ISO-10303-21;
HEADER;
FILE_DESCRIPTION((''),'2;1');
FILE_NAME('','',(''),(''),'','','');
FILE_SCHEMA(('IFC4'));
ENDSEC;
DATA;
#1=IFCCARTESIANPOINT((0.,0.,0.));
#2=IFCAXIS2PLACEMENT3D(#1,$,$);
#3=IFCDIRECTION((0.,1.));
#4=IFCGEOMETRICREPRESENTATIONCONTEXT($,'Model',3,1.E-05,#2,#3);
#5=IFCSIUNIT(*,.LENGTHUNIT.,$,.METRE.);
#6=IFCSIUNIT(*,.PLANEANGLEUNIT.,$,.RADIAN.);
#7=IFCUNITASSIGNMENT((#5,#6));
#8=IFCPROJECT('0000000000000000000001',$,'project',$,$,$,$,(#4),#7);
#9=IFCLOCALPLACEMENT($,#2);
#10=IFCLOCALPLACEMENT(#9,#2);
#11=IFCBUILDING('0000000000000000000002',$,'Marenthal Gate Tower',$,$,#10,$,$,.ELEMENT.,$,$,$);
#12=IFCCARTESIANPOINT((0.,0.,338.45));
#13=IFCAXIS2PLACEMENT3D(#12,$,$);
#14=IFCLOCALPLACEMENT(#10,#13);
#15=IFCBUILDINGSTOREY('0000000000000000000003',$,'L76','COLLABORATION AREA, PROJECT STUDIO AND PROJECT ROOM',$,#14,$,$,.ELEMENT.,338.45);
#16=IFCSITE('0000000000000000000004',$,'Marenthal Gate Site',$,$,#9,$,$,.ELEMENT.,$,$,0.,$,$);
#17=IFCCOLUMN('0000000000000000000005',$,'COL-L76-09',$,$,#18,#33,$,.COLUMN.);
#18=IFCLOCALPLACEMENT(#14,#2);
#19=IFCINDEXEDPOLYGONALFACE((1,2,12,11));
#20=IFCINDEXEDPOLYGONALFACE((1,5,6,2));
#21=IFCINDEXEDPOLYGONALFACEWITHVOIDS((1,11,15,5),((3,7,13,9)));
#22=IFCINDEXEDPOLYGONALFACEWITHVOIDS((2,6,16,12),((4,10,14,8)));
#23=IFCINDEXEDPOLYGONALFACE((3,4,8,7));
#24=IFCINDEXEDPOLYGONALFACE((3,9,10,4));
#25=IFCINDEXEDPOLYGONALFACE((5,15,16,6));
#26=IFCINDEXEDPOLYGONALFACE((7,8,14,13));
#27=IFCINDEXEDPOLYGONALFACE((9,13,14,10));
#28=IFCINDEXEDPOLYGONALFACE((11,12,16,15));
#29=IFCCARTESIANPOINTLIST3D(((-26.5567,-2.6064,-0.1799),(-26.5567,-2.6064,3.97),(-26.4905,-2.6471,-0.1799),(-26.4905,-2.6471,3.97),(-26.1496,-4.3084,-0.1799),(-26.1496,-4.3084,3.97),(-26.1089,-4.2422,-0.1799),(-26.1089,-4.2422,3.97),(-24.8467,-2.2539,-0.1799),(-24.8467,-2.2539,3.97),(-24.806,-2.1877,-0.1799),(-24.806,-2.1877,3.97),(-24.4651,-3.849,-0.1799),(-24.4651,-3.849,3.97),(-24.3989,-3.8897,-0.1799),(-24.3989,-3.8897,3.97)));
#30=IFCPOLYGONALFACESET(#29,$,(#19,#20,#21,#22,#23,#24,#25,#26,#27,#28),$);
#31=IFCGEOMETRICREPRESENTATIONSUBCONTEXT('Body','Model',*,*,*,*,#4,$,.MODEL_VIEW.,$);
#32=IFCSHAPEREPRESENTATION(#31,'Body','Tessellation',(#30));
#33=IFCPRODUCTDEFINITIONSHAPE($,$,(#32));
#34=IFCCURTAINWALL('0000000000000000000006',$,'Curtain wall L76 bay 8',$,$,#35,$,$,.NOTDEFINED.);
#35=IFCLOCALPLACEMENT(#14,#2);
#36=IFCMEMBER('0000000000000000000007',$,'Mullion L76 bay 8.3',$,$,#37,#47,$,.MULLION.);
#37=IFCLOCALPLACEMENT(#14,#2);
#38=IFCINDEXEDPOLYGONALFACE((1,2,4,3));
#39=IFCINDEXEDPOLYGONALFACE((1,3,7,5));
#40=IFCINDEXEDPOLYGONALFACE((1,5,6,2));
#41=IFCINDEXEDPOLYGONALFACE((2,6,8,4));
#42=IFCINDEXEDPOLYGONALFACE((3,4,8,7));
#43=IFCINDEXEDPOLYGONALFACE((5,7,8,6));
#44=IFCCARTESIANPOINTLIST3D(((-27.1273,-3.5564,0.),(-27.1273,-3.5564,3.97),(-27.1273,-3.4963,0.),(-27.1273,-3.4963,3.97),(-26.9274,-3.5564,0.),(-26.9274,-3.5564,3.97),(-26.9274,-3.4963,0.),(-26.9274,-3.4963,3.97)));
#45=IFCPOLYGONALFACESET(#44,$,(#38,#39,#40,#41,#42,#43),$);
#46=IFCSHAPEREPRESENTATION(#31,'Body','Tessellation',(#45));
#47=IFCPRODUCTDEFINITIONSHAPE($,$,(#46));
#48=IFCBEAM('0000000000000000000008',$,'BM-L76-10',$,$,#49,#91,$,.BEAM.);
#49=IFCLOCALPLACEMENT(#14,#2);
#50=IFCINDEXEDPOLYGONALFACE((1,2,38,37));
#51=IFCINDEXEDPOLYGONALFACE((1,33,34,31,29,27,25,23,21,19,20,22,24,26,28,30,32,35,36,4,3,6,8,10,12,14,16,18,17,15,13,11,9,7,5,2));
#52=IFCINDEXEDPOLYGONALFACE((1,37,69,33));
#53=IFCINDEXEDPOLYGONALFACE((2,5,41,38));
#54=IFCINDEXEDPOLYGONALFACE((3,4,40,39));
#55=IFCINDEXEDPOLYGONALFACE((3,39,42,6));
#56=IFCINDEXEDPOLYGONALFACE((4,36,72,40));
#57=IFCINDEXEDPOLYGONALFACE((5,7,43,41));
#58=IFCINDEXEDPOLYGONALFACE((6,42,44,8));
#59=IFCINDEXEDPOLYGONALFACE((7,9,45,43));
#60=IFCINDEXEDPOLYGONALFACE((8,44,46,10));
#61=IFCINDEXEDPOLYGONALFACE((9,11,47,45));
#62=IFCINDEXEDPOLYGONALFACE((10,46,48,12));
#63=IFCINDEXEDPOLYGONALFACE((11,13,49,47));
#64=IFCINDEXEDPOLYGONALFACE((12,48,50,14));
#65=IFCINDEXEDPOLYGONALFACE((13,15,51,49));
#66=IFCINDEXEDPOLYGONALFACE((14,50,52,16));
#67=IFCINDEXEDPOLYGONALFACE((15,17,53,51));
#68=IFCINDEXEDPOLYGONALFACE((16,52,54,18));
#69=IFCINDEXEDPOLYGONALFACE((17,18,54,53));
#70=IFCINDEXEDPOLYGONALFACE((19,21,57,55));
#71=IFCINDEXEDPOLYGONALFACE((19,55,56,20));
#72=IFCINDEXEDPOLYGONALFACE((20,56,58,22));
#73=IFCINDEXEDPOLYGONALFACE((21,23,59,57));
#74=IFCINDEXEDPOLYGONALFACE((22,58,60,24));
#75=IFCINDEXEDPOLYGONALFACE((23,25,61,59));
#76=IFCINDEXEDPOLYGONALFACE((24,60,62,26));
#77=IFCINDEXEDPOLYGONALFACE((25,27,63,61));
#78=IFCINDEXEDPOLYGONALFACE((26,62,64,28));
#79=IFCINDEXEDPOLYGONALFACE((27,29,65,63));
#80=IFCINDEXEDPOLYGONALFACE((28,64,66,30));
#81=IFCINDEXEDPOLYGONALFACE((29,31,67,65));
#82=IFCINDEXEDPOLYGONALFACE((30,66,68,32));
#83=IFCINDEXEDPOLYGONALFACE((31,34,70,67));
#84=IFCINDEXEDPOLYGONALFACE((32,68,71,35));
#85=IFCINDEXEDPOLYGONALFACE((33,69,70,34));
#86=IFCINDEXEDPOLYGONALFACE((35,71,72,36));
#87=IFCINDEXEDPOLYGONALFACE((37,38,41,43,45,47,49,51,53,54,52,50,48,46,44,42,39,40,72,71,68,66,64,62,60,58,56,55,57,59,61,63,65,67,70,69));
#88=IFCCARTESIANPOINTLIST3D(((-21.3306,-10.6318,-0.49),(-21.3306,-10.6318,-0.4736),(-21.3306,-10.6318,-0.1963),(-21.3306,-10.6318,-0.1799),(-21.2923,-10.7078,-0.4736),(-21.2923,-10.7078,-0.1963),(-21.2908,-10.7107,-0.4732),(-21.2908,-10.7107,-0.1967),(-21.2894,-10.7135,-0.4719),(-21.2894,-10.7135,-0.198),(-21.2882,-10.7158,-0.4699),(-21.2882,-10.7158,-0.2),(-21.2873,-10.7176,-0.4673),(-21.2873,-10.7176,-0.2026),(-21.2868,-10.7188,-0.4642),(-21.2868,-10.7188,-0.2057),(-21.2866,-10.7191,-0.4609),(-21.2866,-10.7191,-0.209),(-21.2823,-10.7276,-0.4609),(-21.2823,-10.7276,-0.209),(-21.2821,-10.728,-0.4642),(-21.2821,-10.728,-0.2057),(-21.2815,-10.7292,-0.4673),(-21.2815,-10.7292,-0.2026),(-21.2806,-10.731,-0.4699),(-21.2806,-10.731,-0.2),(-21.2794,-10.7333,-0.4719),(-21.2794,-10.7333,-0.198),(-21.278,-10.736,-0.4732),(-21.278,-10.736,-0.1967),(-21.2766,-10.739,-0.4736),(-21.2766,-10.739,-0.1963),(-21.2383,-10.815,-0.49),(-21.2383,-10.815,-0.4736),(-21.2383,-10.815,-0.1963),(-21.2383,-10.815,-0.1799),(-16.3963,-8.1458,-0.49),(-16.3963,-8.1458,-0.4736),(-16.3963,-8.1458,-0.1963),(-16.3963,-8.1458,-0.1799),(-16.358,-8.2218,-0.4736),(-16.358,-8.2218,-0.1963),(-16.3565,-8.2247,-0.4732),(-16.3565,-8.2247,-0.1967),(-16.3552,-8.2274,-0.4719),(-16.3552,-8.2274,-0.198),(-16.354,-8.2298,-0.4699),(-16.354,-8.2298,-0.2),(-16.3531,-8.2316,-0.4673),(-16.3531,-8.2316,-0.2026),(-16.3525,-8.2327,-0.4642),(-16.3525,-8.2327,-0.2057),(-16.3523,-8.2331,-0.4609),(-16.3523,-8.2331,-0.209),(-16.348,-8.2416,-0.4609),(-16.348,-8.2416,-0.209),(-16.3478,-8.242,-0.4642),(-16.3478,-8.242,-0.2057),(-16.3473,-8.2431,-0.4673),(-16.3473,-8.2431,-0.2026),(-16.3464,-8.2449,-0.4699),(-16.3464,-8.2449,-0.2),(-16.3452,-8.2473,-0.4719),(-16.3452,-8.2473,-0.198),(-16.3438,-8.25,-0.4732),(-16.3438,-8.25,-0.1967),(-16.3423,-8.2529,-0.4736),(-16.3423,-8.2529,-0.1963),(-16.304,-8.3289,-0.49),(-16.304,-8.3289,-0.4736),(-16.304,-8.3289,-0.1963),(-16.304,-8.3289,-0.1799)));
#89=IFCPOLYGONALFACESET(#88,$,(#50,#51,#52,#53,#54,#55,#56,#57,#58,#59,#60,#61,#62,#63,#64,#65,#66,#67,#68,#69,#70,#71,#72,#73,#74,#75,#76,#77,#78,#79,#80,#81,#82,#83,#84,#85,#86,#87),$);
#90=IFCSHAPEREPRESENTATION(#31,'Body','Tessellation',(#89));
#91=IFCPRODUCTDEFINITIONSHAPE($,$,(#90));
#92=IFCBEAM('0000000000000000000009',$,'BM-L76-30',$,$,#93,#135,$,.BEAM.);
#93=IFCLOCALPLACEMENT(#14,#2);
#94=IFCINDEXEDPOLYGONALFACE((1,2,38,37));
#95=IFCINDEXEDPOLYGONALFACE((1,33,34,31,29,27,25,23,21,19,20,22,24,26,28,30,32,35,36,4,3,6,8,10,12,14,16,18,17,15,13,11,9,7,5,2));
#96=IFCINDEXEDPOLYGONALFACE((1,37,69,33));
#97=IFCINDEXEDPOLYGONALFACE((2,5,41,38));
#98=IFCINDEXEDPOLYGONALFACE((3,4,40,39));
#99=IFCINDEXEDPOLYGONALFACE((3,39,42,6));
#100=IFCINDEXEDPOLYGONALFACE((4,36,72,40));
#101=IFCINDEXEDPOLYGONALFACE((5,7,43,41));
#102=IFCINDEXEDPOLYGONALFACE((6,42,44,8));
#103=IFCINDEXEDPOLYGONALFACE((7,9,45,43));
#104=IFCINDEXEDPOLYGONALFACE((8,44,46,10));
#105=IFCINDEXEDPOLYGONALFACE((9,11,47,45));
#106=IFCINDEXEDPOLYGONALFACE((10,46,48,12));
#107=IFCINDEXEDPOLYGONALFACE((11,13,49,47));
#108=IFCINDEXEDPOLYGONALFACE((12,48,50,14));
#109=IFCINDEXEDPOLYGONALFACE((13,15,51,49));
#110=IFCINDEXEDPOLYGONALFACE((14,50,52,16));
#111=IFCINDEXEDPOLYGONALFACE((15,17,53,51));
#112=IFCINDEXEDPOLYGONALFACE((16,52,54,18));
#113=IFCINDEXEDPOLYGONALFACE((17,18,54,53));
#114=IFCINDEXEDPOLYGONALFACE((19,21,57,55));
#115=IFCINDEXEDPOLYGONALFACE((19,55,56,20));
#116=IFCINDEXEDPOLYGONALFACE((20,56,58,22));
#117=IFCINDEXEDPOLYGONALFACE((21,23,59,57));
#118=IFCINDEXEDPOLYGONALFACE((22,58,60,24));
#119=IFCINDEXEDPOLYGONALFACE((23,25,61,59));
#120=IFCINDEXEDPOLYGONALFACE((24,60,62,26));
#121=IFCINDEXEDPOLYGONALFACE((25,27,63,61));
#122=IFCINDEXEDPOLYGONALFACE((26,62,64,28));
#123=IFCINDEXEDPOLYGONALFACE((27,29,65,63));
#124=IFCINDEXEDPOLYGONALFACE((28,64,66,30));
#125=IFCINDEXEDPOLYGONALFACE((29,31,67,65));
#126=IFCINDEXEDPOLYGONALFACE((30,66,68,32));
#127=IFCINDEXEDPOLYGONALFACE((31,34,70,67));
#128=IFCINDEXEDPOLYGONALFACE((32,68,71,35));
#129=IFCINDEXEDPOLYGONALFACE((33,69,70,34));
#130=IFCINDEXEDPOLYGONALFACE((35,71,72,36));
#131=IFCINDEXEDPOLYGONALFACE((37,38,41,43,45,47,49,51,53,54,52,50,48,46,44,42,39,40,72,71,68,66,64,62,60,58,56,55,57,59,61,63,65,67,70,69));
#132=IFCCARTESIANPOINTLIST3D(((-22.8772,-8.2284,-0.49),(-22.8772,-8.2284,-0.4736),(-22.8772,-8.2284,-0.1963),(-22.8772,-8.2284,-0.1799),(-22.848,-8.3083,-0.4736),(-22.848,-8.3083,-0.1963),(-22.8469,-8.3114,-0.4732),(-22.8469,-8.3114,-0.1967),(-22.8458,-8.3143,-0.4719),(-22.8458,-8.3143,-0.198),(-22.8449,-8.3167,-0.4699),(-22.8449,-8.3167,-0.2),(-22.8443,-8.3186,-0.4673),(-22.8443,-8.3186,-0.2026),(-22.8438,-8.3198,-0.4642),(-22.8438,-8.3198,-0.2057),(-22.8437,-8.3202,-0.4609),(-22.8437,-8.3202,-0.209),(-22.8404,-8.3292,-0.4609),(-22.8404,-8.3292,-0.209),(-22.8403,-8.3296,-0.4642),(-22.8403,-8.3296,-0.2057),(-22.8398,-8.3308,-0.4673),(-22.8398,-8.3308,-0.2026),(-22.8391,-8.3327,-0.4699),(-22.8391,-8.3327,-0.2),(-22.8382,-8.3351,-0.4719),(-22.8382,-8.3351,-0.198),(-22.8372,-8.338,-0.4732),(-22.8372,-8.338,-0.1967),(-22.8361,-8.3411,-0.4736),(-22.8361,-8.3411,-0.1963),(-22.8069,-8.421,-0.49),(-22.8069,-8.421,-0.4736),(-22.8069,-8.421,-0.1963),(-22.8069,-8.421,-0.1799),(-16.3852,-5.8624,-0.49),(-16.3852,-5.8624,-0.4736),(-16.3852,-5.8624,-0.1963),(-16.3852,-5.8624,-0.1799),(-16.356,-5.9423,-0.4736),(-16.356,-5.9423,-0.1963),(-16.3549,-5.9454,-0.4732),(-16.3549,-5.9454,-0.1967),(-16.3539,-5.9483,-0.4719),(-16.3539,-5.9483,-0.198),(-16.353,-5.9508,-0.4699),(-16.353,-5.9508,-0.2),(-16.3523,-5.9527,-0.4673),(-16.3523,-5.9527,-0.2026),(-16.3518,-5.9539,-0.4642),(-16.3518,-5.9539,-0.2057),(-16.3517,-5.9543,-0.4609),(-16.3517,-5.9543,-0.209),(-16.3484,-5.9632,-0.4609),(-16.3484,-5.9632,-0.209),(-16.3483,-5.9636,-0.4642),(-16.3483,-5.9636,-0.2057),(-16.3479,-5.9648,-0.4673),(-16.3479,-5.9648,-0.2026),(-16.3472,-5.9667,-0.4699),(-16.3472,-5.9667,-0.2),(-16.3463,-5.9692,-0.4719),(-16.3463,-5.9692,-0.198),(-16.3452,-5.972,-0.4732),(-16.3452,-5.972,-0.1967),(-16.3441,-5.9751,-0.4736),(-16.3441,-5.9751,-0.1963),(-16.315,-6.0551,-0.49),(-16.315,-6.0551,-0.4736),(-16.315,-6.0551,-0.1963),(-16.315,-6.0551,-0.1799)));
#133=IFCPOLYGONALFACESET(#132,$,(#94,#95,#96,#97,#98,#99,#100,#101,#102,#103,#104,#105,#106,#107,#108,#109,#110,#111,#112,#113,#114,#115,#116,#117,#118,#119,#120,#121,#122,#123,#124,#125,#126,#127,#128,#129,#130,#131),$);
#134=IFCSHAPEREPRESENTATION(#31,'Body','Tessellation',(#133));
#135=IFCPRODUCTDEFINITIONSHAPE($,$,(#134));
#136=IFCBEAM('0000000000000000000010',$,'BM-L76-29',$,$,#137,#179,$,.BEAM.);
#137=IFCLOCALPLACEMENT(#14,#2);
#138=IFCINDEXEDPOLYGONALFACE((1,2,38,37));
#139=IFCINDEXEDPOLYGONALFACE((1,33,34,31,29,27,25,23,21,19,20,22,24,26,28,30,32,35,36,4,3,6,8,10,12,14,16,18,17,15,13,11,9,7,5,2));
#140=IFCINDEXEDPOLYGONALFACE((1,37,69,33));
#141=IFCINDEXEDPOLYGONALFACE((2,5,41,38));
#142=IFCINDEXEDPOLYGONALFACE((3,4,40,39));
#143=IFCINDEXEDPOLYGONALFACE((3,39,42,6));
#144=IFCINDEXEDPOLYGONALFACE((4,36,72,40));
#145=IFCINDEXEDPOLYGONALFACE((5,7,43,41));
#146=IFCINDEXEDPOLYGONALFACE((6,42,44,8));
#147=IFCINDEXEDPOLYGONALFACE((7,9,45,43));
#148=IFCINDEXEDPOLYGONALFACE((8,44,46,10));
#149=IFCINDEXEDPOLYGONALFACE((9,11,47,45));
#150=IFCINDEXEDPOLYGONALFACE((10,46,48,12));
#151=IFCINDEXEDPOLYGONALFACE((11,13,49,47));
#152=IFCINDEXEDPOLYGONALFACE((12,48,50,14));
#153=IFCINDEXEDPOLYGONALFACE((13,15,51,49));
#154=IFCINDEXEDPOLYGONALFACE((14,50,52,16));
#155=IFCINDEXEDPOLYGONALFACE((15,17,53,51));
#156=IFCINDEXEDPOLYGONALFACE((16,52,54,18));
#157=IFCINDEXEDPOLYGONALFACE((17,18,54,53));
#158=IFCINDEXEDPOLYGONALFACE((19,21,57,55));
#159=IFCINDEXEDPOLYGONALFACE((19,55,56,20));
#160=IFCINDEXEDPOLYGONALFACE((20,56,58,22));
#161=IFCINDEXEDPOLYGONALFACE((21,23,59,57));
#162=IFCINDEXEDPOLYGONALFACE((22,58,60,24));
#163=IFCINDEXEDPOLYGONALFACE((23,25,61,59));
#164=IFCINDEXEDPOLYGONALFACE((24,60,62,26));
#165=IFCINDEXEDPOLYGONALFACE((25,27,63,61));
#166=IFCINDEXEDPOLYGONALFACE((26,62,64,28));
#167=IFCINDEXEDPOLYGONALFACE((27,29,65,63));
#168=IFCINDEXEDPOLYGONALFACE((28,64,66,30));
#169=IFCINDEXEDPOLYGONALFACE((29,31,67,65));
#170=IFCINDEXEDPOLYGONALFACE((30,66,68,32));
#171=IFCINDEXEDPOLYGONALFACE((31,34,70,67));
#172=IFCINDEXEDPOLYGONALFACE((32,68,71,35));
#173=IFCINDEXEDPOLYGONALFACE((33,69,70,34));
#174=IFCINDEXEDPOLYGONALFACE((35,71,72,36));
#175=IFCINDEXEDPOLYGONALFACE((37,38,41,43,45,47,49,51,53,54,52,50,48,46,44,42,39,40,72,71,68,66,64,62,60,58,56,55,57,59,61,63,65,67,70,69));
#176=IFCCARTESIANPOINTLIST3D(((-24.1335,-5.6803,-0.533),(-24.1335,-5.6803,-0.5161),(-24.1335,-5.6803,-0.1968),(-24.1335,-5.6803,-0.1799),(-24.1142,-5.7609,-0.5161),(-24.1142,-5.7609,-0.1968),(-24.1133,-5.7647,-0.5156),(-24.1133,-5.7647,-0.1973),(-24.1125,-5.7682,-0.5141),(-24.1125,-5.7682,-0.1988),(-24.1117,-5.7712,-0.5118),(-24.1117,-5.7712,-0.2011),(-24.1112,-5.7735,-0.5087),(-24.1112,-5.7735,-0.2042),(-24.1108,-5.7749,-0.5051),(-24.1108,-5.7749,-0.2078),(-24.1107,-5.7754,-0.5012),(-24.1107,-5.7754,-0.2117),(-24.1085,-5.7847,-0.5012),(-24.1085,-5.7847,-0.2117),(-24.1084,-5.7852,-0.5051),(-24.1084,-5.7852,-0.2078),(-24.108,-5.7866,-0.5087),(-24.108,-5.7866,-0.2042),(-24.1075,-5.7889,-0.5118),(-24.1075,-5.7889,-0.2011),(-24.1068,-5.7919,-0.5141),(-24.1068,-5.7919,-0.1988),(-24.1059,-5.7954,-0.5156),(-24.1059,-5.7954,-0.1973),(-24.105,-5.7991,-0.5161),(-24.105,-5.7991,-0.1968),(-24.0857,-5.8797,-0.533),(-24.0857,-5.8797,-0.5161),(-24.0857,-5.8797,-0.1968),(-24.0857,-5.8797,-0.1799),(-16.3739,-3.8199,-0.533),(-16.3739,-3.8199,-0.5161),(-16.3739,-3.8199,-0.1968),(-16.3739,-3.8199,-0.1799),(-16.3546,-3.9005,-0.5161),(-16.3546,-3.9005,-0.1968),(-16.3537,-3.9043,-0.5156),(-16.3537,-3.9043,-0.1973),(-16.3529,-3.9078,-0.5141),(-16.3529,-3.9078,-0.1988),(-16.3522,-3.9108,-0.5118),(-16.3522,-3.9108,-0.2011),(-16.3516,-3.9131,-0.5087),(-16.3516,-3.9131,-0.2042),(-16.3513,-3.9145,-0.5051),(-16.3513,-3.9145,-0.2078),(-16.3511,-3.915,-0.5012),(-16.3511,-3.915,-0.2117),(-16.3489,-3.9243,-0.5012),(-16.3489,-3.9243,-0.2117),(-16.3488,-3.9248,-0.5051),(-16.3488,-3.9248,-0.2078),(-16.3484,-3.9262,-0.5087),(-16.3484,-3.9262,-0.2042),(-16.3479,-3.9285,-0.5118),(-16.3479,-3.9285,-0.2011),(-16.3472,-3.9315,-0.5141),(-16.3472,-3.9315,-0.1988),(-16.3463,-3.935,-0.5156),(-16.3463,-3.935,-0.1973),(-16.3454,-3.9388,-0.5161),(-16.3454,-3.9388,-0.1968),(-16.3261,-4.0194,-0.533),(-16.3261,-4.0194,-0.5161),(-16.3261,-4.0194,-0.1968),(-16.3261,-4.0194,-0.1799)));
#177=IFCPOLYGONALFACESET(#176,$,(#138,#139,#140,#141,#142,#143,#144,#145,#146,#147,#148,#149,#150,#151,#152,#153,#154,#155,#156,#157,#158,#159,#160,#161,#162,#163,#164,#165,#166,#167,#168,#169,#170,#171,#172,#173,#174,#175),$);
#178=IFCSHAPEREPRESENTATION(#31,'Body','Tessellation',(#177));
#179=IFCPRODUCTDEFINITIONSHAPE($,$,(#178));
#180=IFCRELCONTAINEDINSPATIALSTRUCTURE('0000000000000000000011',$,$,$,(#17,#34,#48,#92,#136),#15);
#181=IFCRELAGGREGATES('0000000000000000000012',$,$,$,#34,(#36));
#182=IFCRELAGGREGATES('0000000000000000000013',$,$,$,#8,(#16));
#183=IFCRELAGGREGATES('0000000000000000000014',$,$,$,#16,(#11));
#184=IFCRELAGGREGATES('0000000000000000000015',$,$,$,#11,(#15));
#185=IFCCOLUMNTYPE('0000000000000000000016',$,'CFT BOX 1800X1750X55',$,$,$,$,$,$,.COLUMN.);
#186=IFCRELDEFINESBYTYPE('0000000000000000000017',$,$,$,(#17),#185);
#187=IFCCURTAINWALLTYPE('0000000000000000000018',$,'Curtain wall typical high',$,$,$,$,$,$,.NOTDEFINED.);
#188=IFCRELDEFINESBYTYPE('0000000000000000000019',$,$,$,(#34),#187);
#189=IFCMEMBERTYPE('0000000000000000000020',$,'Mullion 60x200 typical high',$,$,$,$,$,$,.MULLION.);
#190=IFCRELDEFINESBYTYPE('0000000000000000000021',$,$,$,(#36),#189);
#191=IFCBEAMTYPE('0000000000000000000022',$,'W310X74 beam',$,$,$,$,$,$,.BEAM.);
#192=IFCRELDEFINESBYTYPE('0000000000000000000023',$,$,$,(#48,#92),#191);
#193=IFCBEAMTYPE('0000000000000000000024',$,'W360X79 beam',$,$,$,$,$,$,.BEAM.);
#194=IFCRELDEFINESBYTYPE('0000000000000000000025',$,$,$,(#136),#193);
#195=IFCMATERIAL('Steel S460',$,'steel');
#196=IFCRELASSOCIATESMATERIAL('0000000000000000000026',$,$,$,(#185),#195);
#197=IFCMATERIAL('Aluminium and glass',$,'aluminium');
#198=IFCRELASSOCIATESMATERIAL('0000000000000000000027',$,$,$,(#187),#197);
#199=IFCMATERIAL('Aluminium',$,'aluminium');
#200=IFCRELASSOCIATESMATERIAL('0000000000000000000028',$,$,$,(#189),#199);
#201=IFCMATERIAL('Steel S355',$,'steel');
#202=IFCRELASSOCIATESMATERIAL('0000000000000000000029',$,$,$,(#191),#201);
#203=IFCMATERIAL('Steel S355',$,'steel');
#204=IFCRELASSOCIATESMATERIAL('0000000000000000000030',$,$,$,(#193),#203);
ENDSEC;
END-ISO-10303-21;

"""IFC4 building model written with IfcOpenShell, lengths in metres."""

from ifc_helpers import new_model, si_unit, direction, frame, origin, origin_2d, place, context, subcontext, project, spatial, rectangle, hollow_rectangle, i_section, extrude, material, material_profile, profile_set, type_object, element, aggregate, save


model = new_model("IFC4")

# Units and contexts
model_context = context("Model", 3, precision=1e-05, world=origin(), true_north=direction((0.0, 1.0)))
body_context = subcontext(model_context, "Body", "Model", "MODEL_VIEW")
ifc_project = project(units=[si_unit("LENGTHUNIT", "METRE"), si_unit("PLANEANGLEUNIT", "RADIAN")], contexts=[model_context])

# Site, building, storey
site_placement = place(None, origin())
site = spatial("IfcSite", under=ifc_project, at=site_placement, Name="Marenthal Gate Site", CompositionType="ELEMENT", RefElevation=0.0)
building_placement = place(site_placement, origin())
building = spatial("IfcBuilding", under=site, at=building_placement, Name="Marenthal Gate Tower", CompositionType="ELEMENT")
storey_placement = place(building_placement, frame((0.0, 0.0, 338.45)))
storey = spatial("IfcBuildingStorey", under=building, at=storey_placement, Name="L76", Description="COLLABORATION AREA, PROJECT STUDIO AND PROJECT ROOM", CompositionType="ELEMENT", Elevation=338.45)

# Column
ifc_material_1 = material(Name="Steel S460", Category="steel")
ifc_material_profile_1 = material_profile(ifc_material_1, hollow_rectangle(XDim=1.75, YDim=1.8, WallThickness=0.0549, at=origin_2d()), Name="CFT BOX 1800X1750X55")
ifc_material_2 = material(Name="Concrete 70 MPa", Category="concrete")
ifc_material_profile_2 = material_profile(ifc_material_2, rectangle(XDim=1.6399, YDim=1.6899, at=origin_2d()), Name="CFT BOX 1800X1750X55 INFILL")
ifc_profile_set_1 = profile_set([ifc_material_profile_1, ifc_material_profile_2], Name="Steel S460 shell, Concrete 70 MPa infill")
column_type = type_object("IfcColumnType", Name="CFT BOX 1800X1750X55", PredefinedType="COLUMN", material=ifc_profile_set_1)
column_placement = place(storey_placement, frame((-25.4778, -3.248, -0.1799), z_axis=(0.0, 0.0, 1.0), x_axis=(-0.232643, 0.972562, 0.0)))
element("IfcColumn", 1, at=column_placement, inside=storey, type_object=column_type, Name="COL-L76-09", PredefinedType="COLUMN", context=body_context, shape_type="SweptSolid", body=[
    extrude(hollow_rectangle(XDim=1.75, YDim=1.8, WallThickness=0.0549, at=origin_2d()), origin(), (0.0, 0.0, 1.0), 4.1499),
])

# Curtain wall, member
ifc_material_3 = material(Name="Aluminium and glass", Category="aluminium")
curtain_wall_type = type_object("IfcCurtainWallType", Name="Curtain wall typical high", PredefinedType="NOTDEFINED", material=ifc_material_3)
curtain_wall_placement = place(storey_placement, origin())
curtain_wall = element("IfcCurtainWall", 2, at=curtain_wall_placement, inside=storey, type_object=curtain_wall_type, Name="Curtain wall L76 bay 8", PredefinedType="NOTDEFINED")
ifc_material_4 = material(Name="Aluminium", Category="aluminium")
ifc_material_profile_3 = material_profile(ifc_material_4, rectangle(XDim=0.2, YDim=0.0601, at=origin_2d()), Name="60x200 aluminium mullion")
ifc_profile_set_2 = profile_set([ifc_material_profile_3], Name="Aluminium")
member_type = type_object("IfcMemberType", Name="Mullion 60x200 typical high", PredefinedType="MULLION", material=ifc_profile_set_2)
member_placement = place(storey_placement, frame((-27.0273, -3.5264, 0.0), z_axis=(0.0, 0.0, 1.0), x_axis=(1.0, 0.0, 0.0)))
member = element("IfcMember", 3, at=member_placement, type_object=member_type, Name="Mullion L76 bay 8.3", PredefinedType="MULLION", context=body_context, shape_type="SweptSolid", body=[
    extrude(rectangle(XDim=0.2, YDim=0.0601, at=origin_2d()), origin(), (0.0, 0.0, 1.0), 3.97),
])

# Beams
ifc_material_5 = material(Name="Steel S355", Category="steel")
ifc_material_profile_4 = material_profile(ifc_material_5, i_section(OverallWidth=0.2051, OverallDepth=0.3101, WebThickness=0.0095, FlangeThickness=0.0164, FilletRadius=0.0127, at=origin_2d()), Name="W310X74")
ifc_profile_set_3 = profile_set([ifc_material_profile_4], Name="Steel S355")
beam_type_1 = type_object("IfcBeamType", Name="W310X74 beam", PredefinedType="BEAM", material=ifc_profile_set_3)
beam_1_placement = place(storey_placement, frame((-21.2844, -10.7234, -0.335), z_axis=(0.893053, 0.449951, 0.0), x_axis=(-0.449951, 0.893053, 0.0)))
element("IfcBeam", 4, at=beam_1_placement, inside=storey, type_object=beam_type_1, Name="BM-L76-10", PredefinedType="BEAM", context=body_context, shape_type="SweptSolid", body=[
    extrude(i_section(OverallWidth=0.2051, OverallDepth=0.3101, WebThickness=0.0095, FlangeThickness=0.0164, FilletRadius=0.0127, at=origin_2d()), origin(), (0.0, 0.0, 1.0), 5.5251),
])
beam_2_placement = place(storey_placement, frame((-22.842, -8.3247, -0.335), z_axis=(0.939549, 0.342415, 0.0), x_axis=(-0.342415, 0.939549, 0.0)))
element("IfcBeam", 5, at=beam_2_placement, inside=storey, type_object=beam_type_1, Name="BM-L76-30", PredefinedType="BEAM", context=body_context, shape_type="SweptSolid", body=[
    extrude(i_section(OverallWidth=0.2051, OverallDepth=0.3101, WebThickness=0.0095, FlangeThickness=0.0164, FilletRadius=0.0127, at=origin_2d()), origin(), (0.0, 0.0, 1.0), 6.9097),
])
ifc_material_6 = material(Name="Steel S355", Category="steel")
ifc_material_profile_5 = material_profile(ifc_material_6, i_section(OverallWidth=0.2051, OverallDepth=0.353, WebThickness=0.0095, FlangeThickness=0.0168, FilletRadius=0.0149, at=origin_2d()), Name="W360X79")
ifc_profile_set_4 = profile_set([ifc_material_profile_5], Name="Steel S355")
beam_type_2 = type_object("IfcBeamType", Name="W360X79 beam", PredefinedType="BEAM", material=ifc_profile_set_4)
beam_3_placement = place(storey_placement, frame((-24.1096, -5.78, -0.3564), z_axis=(0.972442, 0.233144, 0.0), x_axis=(-0.233144, 0.972442, 0.0)))
element("IfcBeam", 6, at=beam_3_placement, inside=storey, type_object=beam_type_2, Name="BM-L76-29", PredefinedType="BEAM", context=body_context, shape_type="SweptSolid", body=[
    extrude(i_section(OverallWidth=0.2051, OverallDepth=0.353, WebThickness=0.0095, FlangeThickness=0.0168, FilletRadius=0.0149, at=origin_2d()), origin(), (0.0, 0.0, 1.0), 7.9795),
])

aggregate(curtain_wall, [member])

save(model, "model.ifc")
